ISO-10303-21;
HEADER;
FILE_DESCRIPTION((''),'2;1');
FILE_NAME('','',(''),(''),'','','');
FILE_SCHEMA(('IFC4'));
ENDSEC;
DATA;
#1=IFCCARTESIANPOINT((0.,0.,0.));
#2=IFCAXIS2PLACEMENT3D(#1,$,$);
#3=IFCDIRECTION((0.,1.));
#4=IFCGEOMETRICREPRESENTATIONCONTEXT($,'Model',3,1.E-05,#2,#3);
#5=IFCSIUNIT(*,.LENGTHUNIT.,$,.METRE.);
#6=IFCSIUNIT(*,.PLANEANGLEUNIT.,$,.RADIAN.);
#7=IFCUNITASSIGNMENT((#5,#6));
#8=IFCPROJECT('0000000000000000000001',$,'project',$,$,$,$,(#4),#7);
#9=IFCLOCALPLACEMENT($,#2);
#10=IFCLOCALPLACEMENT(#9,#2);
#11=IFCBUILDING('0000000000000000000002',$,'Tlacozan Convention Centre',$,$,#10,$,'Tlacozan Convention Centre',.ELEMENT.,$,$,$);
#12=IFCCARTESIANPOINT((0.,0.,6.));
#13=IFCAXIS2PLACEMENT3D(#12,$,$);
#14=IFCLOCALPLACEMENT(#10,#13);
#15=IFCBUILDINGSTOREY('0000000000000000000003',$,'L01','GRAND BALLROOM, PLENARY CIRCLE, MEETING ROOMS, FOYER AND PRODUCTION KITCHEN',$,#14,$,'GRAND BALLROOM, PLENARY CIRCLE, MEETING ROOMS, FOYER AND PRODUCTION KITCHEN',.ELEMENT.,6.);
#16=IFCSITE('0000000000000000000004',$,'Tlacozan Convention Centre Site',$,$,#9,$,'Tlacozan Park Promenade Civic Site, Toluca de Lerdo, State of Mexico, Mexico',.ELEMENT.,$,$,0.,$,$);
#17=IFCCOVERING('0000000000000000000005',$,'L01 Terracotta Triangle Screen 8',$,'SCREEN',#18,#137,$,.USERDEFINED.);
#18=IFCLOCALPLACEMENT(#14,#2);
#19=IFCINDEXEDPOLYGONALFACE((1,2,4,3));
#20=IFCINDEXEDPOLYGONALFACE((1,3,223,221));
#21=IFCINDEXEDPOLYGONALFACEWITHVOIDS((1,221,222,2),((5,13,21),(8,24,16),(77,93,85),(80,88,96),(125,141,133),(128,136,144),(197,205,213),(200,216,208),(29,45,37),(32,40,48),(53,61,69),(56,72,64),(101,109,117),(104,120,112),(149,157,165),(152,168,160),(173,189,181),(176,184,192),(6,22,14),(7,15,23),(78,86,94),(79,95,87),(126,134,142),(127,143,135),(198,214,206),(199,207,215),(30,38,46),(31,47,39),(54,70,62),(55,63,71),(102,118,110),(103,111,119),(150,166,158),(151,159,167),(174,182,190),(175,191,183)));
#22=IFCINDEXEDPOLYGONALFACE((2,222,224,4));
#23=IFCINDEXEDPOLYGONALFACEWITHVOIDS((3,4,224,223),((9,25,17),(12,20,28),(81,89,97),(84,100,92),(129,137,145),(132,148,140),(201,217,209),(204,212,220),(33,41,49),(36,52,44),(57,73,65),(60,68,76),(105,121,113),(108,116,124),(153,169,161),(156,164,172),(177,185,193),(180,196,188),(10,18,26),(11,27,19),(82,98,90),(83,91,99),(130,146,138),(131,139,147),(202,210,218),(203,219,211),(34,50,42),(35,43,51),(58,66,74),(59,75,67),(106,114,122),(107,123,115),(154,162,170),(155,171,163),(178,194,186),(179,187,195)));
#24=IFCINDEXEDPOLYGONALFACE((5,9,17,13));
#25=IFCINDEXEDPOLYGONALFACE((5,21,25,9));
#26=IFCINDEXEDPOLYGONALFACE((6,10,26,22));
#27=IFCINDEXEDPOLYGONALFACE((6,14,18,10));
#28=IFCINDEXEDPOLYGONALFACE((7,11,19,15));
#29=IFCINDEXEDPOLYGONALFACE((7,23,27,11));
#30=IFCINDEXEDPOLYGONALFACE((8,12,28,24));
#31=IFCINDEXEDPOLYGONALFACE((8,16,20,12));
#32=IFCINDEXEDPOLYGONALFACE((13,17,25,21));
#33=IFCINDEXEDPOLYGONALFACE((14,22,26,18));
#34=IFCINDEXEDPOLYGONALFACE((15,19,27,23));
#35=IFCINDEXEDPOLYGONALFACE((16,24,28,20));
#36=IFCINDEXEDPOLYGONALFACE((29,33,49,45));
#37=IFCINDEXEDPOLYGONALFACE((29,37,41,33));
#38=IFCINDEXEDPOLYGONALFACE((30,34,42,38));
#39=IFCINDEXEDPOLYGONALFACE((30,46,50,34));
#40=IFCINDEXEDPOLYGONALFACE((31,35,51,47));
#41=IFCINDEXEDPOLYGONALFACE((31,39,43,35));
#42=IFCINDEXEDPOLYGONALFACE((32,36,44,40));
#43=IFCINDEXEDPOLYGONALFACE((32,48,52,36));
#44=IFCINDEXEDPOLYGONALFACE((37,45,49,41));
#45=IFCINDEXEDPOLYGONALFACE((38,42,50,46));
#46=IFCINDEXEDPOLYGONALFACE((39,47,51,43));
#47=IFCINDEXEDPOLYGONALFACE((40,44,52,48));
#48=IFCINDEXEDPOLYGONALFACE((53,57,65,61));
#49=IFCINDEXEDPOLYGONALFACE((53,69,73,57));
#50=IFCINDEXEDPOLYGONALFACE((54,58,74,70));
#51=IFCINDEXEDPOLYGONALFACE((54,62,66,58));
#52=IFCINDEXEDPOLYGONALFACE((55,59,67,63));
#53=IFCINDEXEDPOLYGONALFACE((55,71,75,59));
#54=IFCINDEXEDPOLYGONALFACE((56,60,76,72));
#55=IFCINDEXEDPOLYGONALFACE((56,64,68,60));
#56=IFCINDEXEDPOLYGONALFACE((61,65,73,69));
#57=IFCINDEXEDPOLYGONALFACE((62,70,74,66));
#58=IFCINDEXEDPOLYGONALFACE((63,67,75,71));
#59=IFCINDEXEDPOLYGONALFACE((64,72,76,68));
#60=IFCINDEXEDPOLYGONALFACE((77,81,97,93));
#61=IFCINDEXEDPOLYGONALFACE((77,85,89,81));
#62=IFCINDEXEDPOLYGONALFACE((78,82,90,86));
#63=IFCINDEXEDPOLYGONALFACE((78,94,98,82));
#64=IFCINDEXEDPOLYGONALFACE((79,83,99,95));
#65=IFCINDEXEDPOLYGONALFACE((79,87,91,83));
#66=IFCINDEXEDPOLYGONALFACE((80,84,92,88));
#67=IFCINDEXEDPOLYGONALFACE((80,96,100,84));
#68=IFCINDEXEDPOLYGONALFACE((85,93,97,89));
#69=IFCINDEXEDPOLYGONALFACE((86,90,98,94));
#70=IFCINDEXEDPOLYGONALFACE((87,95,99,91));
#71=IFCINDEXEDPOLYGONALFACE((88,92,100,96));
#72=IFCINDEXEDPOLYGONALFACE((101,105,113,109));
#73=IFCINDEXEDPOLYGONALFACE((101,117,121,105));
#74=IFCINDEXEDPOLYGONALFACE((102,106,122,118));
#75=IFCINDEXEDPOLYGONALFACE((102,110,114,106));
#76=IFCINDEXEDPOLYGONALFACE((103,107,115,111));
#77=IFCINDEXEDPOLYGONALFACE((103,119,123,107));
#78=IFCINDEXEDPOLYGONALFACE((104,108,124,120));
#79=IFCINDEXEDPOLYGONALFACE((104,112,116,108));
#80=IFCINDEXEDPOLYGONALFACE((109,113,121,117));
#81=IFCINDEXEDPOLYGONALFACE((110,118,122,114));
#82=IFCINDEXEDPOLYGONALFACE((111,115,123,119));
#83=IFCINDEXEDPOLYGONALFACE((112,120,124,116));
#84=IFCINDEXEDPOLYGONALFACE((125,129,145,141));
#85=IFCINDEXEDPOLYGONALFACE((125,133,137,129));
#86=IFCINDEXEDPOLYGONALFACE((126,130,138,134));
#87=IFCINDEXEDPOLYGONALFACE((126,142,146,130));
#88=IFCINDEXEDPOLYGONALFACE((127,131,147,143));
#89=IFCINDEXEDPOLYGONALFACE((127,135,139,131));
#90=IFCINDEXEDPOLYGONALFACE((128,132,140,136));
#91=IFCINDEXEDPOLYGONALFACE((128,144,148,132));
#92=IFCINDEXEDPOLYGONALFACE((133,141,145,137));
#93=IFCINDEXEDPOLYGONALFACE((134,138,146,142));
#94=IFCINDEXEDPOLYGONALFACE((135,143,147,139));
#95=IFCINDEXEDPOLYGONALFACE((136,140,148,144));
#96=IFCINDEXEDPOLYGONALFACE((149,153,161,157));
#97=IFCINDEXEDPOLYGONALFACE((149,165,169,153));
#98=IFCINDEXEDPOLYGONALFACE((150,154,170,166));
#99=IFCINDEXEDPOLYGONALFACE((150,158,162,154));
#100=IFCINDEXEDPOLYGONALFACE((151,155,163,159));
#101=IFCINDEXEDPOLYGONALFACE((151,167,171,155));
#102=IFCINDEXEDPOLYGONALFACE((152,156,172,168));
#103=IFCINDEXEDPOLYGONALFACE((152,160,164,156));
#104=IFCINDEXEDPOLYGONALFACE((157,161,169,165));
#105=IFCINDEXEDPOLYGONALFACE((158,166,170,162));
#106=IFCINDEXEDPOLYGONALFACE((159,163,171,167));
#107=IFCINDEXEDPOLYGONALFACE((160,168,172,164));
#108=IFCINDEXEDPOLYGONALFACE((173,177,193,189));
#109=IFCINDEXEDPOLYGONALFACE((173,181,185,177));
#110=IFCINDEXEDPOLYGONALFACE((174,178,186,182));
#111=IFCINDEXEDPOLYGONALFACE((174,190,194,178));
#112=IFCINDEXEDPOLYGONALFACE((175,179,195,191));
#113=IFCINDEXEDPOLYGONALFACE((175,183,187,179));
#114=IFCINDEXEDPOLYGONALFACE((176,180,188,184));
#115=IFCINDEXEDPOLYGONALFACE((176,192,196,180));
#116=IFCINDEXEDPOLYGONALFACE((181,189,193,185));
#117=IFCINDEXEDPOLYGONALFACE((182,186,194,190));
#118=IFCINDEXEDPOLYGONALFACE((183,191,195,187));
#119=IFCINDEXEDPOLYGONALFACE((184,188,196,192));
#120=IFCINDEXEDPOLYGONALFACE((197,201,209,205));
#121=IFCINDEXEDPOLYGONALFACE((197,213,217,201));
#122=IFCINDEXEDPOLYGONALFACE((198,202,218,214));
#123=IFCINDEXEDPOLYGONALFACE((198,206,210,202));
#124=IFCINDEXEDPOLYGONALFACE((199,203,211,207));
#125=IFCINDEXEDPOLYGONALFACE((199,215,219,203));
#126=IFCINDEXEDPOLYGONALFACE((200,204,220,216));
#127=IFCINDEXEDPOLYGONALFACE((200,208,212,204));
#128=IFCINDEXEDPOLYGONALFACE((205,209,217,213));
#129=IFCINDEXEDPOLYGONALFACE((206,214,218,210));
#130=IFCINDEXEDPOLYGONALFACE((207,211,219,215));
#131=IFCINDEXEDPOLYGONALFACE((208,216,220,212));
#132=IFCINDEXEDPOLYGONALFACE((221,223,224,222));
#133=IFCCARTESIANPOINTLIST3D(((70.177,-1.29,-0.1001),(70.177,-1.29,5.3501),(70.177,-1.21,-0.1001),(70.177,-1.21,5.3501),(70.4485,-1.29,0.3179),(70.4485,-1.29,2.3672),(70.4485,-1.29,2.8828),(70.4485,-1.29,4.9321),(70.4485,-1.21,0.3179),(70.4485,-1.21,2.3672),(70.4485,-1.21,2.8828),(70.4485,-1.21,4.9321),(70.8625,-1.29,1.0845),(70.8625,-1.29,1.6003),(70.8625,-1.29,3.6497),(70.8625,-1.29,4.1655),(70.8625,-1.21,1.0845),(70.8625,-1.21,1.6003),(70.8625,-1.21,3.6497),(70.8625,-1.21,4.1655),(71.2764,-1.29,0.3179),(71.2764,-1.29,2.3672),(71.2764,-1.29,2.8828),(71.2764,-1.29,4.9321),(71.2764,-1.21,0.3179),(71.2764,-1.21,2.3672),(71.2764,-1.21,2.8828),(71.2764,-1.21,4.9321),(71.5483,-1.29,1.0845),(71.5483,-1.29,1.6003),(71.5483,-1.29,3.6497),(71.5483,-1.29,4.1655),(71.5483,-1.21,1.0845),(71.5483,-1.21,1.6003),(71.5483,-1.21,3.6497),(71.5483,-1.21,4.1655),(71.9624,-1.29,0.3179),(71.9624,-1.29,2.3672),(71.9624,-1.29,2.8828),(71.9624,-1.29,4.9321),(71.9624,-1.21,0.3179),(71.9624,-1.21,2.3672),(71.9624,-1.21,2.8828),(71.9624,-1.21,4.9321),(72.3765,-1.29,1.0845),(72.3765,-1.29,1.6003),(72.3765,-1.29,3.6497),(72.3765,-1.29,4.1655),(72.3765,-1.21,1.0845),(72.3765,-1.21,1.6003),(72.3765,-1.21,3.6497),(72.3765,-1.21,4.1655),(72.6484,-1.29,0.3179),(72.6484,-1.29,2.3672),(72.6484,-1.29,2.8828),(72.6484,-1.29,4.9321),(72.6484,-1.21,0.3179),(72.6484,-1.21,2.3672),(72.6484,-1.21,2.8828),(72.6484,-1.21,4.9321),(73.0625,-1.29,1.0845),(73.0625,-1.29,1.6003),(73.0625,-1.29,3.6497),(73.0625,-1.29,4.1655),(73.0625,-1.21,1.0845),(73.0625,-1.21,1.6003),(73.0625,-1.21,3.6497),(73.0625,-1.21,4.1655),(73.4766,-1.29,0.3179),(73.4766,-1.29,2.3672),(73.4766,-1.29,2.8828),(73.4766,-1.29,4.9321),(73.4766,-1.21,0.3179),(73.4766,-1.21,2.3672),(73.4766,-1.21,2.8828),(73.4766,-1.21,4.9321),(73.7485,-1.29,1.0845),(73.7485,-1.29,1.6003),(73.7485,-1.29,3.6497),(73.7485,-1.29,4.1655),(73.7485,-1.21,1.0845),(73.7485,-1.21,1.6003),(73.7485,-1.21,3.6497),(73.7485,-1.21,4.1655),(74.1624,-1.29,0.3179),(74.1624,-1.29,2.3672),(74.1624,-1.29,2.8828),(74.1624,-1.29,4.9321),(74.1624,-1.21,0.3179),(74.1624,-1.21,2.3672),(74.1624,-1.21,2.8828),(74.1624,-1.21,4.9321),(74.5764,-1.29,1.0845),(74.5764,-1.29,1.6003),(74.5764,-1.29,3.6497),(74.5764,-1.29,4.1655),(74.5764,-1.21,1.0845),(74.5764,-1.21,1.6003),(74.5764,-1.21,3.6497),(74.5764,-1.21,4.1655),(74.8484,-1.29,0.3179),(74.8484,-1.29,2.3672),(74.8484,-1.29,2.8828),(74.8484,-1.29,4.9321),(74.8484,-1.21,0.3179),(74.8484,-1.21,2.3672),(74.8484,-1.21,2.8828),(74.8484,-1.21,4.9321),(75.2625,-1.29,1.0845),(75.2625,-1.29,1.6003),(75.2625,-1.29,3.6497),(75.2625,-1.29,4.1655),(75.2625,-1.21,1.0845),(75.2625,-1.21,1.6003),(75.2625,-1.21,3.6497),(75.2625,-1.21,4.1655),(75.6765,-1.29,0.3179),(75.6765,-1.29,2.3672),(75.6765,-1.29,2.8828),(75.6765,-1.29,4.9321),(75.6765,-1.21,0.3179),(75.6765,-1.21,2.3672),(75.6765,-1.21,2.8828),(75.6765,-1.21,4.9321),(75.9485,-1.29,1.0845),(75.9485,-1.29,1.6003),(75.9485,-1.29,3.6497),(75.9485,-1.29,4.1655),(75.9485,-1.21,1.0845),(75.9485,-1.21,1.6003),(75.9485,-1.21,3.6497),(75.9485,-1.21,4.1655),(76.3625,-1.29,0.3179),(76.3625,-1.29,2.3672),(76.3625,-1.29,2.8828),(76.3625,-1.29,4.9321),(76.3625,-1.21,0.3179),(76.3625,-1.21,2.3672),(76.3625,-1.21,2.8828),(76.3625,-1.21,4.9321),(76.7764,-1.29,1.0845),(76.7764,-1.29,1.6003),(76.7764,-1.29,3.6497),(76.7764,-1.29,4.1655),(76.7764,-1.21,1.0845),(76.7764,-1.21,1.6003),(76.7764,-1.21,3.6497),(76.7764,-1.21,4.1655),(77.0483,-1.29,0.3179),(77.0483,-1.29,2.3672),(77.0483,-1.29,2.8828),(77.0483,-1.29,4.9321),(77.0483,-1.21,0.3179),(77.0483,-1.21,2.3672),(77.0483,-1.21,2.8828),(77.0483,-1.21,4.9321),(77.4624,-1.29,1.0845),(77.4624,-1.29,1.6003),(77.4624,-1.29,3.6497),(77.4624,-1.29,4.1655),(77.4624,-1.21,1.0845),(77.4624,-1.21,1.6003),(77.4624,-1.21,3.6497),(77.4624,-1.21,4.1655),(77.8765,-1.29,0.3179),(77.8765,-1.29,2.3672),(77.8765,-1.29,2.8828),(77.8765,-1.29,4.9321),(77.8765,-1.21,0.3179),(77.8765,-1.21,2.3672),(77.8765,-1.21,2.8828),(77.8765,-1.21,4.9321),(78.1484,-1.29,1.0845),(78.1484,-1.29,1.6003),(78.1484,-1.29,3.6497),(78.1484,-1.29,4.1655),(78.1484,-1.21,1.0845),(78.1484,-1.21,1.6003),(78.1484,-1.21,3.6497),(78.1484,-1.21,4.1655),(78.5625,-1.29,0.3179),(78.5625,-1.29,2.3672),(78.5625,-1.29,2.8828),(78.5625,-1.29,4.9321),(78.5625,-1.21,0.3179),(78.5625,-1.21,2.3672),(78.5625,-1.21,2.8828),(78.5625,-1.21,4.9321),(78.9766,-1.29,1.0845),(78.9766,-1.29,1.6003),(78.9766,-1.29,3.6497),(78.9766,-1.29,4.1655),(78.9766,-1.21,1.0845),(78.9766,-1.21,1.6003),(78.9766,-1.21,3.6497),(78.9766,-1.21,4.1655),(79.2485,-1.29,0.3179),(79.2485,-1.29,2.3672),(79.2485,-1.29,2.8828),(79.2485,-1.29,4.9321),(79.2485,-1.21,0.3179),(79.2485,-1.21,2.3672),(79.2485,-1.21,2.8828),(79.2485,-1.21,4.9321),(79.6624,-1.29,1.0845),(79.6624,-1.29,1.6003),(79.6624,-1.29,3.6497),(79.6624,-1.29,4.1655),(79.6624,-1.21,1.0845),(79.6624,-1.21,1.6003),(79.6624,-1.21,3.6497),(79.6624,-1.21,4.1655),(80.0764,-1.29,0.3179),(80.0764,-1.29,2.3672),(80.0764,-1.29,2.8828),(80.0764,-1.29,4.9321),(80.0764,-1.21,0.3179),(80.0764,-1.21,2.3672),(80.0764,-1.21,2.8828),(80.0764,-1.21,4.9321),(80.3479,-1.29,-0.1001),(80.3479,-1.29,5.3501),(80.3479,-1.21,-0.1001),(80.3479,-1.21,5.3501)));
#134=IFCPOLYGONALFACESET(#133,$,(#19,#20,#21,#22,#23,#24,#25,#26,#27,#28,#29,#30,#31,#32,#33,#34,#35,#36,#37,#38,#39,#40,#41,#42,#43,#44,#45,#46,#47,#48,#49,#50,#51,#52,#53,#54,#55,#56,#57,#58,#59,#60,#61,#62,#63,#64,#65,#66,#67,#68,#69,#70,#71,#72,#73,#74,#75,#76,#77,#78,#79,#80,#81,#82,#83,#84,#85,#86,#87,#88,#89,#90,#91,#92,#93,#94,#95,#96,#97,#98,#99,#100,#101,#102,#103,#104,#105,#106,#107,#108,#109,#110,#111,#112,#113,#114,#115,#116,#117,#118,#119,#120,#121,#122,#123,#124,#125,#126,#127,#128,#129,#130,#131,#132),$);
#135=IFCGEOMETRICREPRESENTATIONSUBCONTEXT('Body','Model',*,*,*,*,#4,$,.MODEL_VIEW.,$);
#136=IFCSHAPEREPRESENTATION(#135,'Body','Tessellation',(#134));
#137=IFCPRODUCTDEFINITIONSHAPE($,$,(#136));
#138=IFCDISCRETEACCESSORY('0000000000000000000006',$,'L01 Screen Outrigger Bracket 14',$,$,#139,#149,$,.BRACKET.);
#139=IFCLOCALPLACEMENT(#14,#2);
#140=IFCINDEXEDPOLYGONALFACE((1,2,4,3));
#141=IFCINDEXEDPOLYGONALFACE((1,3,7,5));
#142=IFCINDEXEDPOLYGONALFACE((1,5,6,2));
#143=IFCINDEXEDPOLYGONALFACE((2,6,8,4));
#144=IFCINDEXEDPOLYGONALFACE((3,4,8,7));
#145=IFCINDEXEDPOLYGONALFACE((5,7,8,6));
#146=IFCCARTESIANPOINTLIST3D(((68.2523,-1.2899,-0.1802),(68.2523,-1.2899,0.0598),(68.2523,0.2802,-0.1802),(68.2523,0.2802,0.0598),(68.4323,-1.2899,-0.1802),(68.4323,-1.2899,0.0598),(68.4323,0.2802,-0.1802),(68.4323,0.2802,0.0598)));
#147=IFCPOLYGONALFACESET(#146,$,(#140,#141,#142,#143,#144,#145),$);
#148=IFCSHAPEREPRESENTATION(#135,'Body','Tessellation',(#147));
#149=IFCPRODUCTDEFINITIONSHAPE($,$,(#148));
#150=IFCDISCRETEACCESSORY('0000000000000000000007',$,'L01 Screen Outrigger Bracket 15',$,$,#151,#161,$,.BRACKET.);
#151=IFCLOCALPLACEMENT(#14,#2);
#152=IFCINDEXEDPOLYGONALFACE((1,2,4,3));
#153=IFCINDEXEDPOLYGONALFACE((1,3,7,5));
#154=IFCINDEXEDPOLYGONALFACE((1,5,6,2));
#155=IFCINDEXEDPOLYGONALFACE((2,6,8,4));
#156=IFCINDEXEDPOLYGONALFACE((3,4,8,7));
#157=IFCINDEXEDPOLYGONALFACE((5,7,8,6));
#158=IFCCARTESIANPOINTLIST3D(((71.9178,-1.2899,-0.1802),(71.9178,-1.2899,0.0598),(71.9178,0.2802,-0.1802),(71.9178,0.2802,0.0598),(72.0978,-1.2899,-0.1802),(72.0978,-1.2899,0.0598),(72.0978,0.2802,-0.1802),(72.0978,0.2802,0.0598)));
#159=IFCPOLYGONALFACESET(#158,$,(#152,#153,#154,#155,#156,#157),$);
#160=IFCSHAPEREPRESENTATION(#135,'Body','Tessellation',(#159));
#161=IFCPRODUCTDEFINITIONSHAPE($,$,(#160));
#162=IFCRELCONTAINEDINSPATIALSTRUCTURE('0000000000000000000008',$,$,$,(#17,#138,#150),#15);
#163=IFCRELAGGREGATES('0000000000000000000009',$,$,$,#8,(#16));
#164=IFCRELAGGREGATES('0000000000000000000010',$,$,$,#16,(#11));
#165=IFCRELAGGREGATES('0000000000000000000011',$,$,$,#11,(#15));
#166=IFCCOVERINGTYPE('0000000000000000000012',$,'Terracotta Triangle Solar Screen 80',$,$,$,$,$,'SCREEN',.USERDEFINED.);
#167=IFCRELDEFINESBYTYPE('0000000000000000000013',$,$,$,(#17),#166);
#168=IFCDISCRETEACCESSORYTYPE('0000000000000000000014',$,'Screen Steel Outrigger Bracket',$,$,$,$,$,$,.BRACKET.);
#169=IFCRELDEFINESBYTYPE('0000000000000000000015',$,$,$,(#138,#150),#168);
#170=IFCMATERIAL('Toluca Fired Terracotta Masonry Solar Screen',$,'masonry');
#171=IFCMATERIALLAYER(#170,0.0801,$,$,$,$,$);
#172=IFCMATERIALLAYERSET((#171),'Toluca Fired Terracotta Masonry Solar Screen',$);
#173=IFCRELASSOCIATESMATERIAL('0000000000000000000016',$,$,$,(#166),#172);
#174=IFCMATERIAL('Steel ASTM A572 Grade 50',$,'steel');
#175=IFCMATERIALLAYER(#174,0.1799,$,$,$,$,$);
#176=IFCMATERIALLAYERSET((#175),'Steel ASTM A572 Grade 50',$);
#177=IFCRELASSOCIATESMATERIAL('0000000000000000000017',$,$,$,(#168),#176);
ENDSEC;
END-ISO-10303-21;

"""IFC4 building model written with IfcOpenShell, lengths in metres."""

from ifc_helpers import new_model, si_unit, direction, frame, origin, origin_2d, place, context, subcontext, project, spatial, polyline, rectangle, outline, extrude, material, layer, layer_set, type_object, element, save


model = new_model("IFC4")

# Units and contexts
model_context = context("Model", 3, precision=1e-05, world=origin(), true_north=direction((0.0, 1.0)))
body_context = subcontext(model_context, "Body", "Model", "MODEL_VIEW")
ifc_project = project(units=[si_unit("LENGTHUNIT", "METRE"), si_unit("PLANEANGLEUNIT", "RADIAN")], contexts=[model_context])

# Site, building, storey
site_placement = place(None, origin())
site = spatial("IfcSite", under=ifc_project, at=site_placement, Name="Tlacozan Convention Centre Site", LongName="Tlacozan Park Promenade Civic Site, Toluca de Lerdo, State of Mexico, Mexico", CompositionType="ELEMENT", RefElevation=0.0)
building_placement = place(site_placement, origin())
building = spatial("IfcBuilding", under=site, at=building_placement, Name="Tlacozan Convention Centre", LongName="Tlacozan Convention Centre", CompositionType="ELEMENT")
storey_placement = place(building_placement, frame((0.0, 0.0, 6.0)))
storey = spatial("IfcBuildingStorey", under=building, at=storey_placement, Name="L01", Description="GRAND BALLROOM, PLENARY CIRCLE, MEETING ROOMS, FOYER AND PRODUCTION KITCHEN", LongName="GRAND BALLROOM, PLENARY CIRCLE, MEETING ROOMS, FOYER AND PRODUCTION KITCHEN", CompositionType="ELEMENT", Elevation=6.0)

# Covering
ifc_material_1 = material(Name="Toluca Fired Terracotta Masonry Solar Screen", Category="masonry")
ifc_layer_1 = layer(ifc_material_1, 0.0801)
ifc_layer_set_1 = layer_set([ifc_layer_1], Name="Toluca Fired Terracotta Masonry Solar Screen")
covering_type = type_object("IfcCoveringType", Name="Terracotta Triangle Solar Screen 80", ElementType="SCREEN", PredefinedType="USERDEFINED", material=ifc_layer_set_1)
covering_placement = place(storey_placement, frame((70.177, -1.25, -0.1001), z_axis=(0.0, 0.0, 1.0), x_axis=(1.0, 0.0, 0.0)))
element("IfcCovering", 1, at=covering_placement, inside=storey, type_object=covering_type, Name="L01 Terracotta Triangle Screen 8", ObjectType="SCREEN", PredefinedType="USERDEFINED", context=body_context, shape_type="SweptSolid", body=[
    extrude(outline(polyline([(0.0, 0.0), (10.1709, 0.0), (10.1709, 5.4502), (0.0, 5.4502), (0.0, 0.0)]), holes=[polyline([(0.2715, 0.418), (1.0994, 0.418), (0.6855, 1.1846), (0.2715, 0.418)]), polyline([(1.3713, 1.1846), (2.1995, 1.1846), (1.7854, 0.418), (1.3713, 1.1846)]), polyline([(2.4714, 0.418), (3.2996, 0.418), (2.8855, 1.1846), (2.4714, 0.418)]), polyline([(3.5715, 1.1846), (4.3994, 1.1846), (3.9854, 0.418), (3.5715, 1.1846)]), polyline([(4.6714, 0.418), (5.4995, 0.418), (5.0854, 1.1846), (4.6714, 0.418)]), polyline([(5.7715, 1.1846), (6.5994, 1.1846), (6.1855, 0.418), (5.7715, 1.1846)]), polyline([(6.8713, 0.418), (7.6995, 0.418), (7.2854, 1.1846), (6.8713, 0.418)]), polyline([(7.9714, 1.1846), (8.7996, 1.1846), (8.3855, 0.418), (7.9714, 1.1846)]), polyline([(9.0715, 0.418), (9.8994, 0.418), (9.4854, 1.1846), (9.0715, 0.418)]), polyline([(0.2715, 2.4673), (1.0994, 2.4673), (0.6855, 1.7004), (0.2715, 2.4673)]), polyline([(1.3713, 1.7004), (2.1995, 1.7004), (1.7854, 2.4673), (1.3713, 1.7004)]), polyline([(2.4714, 2.4673), (3.2996, 2.4673), (2.8855, 1.7004), (2.4714, 2.4673)]), polyline([(3.5715, 1.7004), (4.3994, 1.7004), (3.9854, 2.4673), (3.5715, 1.7004)]), polyline([(4.6714, 2.4673), (5.4995, 2.4673), (5.0854, 1.7004), (4.6714, 2.4673)]), polyline([(5.7715, 1.7004), (6.5994, 1.7004), (6.1855, 2.4673), (5.7715, 1.7004)]), polyline([(6.8713, 2.4673), (7.6995, 2.4673), (7.2854, 1.7004), (6.8713, 2.4673)]), polyline([(7.9714, 1.7004), (8.7996, 1.7004), (8.3855, 2.4673), (7.9714, 1.7004)]), polyline([(9.0715, 2.4673), (9.8994, 2.4673), (9.4854, 1.7004), (9.0715, 2.4673)]), polyline([(0.2715, 2.9829), (1.0994, 2.9829), (0.6855, 3.7498), (0.2715, 2.9829)]), polyline([(1.3713, 3.7498), (2.1995, 3.7498), (1.7854, 2.9829), (1.3713, 3.7498)]), polyline([(2.4714, 2.9829), (3.2996, 2.9829), (2.8855, 3.7498), (2.4714, 2.9829)]), polyline([(3.5715, 3.7498), (4.3994, 3.7498), (3.9854, 2.9829), (3.5715, 3.7498)]), polyline([(4.6714, 2.9829), (5.4995, 2.9829), (5.0854, 3.7498), (4.6714, 2.9829)]), polyline([(5.7715, 3.7498), (6.5994, 3.7498), (6.1855, 2.9829), (5.7715, 3.7498)]), polyline([(6.8713, 2.9829), (7.6995, 2.9829), (7.2854, 3.7498), (6.8713, 2.9829)]), polyline([(7.9714, 3.7498), (8.7996, 3.7498), (8.3855, 2.9829), (7.9714, 3.7498)]), polyline([(9.0715, 2.9829), (9.8994, 2.9829), (9.4854, 3.7498), (9.0715, 2.9829)]), polyline([(0.2715, 5.0322), (1.0994, 5.0322), (0.6855, 4.2656), (0.2715, 5.0322)]), polyline([(1.3713, 4.2656), (2.1995, 4.2656), (1.7854, 5.0322), (1.3713, 4.2656)]), polyline([(2.4714, 5.0322), (3.2996, 5.0322), (2.8855, 4.2656), (2.4714, 5.0322)]), polyline([(3.5715, 4.2656), (4.3994, 4.2656), (3.9854, 5.0322), (3.5715, 4.2656)]), polyline([(4.6714, 5.0322), (5.4995, 5.0322), (5.0854, 4.2656), (4.6714, 5.0322)]), polyline([(5.7715, 4.2656), (6.5994, 4.2656), (6.1855, 5.0322), (5.7715, 4.2656)]), polyline([(6.8713, 5.0322), (7.6995, 5.0322), (7.2854, 4.2656), (6.8713, 5.0322)]), polyline([(7.9714, 4.2656), (8.7996, 4.2656), (8.3855, 5.0322), (7.9714, 4.2656)]), polyline([(9.0715, 5.0322), (9.8994, 5.0322), (9.4854, 4.2656), (9.0715, 5.0322)])]), frame((0.0, 0.04, 0.0), z_axis=(0.0, -1.0, 0.0), x_axis=(1.0, 0.0, 0.0)), (0.0, 0.0, 1.0), 0.0801),
])

# Discrete accessories
ifc_material_2 = material(Name="Steel ASTM A572 Grade 50", Category="steel")
ifc_layer_2 = layer(ifc_material_2, 0.1799)
ifc_layer_set_2 = layer_set([ifc_layer_2], Name="Steel ASTM A572 Grade 50")
discrete_accessory_type = type_object("IfcDiscreteAccessoryType", Name="Screen Steel Outrigger Bracket", PredefinedType="BRACKET", material=ifc_layer_set_2)
for number, where, z_axis, x_axis, name in (
    (2, (68.3423, -0.5049, -0.1802), (0.0, 0.0, 1.0), (0.0, 1.0, 0.0), "L01 Screen Outrigger Bracket 14"),
    (3, (72.0078, -0.5049, -0.1802), (0.0, 0.0, 1.0), (0.0, 1.0, 0.0), "L01 Screen Outrigger Bracket 15"),
):
    element("IfcDiscreteAccessory", number, at=place(storey_placement, frame(where, z_axis=z_axis, x_axis=x_axis)), inside=storey, type_object=discrete_accessory_type, Name=name, PredefinedType="BRACKET", context=body_context, shape_type="SweptSolid", body=[
        extrude(rectangle(XDim=1.5701, YDim=0.1799, at=origin_2d()), origin(), (0.0, 0.0, 1.0), 0.24),
    ])

save(model, "model.ifc")
